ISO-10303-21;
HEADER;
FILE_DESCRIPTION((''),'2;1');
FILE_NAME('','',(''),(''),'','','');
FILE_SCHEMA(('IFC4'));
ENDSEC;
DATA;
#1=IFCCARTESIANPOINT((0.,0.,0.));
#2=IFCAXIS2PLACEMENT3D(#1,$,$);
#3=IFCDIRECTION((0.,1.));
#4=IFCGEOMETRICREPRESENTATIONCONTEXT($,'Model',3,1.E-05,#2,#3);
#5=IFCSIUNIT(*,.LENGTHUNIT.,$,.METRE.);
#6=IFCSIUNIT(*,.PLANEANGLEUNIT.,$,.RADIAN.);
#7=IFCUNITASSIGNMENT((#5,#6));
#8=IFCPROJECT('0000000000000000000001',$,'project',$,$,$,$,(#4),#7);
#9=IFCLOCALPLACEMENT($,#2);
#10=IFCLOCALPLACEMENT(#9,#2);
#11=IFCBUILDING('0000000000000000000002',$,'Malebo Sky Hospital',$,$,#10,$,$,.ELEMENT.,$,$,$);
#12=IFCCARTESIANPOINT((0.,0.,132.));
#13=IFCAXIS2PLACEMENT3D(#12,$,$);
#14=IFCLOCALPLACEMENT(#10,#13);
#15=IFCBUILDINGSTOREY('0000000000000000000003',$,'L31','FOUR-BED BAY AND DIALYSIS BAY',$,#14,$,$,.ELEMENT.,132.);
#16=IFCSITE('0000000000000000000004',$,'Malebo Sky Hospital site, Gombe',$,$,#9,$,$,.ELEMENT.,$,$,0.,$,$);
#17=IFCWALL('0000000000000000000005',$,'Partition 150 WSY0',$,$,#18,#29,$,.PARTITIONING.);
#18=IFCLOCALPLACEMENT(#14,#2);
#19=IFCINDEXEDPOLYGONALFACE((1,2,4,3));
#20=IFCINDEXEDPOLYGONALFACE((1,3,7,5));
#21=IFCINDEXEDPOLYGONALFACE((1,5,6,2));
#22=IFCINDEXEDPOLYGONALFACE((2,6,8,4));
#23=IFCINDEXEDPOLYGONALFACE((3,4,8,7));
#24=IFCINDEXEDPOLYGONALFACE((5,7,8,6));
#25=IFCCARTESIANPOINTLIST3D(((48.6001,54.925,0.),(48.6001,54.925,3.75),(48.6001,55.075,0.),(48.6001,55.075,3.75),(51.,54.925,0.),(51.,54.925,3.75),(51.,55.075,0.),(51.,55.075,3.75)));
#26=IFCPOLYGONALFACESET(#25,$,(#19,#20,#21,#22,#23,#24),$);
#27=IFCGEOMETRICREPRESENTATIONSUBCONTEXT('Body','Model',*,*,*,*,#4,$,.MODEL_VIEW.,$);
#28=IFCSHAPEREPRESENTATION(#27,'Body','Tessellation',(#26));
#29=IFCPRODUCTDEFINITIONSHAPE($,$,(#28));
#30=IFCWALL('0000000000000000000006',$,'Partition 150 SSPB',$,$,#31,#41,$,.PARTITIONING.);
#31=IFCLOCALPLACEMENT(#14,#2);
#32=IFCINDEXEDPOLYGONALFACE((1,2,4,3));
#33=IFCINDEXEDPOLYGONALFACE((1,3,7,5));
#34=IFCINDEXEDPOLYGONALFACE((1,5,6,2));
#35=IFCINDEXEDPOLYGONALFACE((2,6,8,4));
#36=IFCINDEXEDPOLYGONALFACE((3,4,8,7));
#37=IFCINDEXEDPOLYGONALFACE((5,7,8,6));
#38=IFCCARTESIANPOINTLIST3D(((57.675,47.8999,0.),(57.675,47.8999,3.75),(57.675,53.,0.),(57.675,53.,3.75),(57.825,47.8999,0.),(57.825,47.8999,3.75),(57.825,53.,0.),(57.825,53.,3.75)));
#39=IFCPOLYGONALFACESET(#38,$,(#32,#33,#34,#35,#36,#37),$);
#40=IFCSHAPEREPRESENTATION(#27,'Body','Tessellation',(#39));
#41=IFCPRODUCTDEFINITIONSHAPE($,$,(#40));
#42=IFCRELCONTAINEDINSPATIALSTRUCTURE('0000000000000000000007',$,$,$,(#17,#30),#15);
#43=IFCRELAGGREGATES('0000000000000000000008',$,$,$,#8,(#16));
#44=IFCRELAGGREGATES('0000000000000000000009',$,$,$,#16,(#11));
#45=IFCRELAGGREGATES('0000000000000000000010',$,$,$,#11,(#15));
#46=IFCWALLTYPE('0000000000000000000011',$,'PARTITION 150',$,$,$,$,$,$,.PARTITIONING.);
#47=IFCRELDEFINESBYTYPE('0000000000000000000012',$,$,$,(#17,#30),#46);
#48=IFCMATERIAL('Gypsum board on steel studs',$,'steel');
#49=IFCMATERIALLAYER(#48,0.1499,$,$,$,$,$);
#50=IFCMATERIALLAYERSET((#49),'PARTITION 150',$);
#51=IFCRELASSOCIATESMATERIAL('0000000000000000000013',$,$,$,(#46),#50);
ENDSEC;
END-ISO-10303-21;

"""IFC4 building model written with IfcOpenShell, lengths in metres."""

from ifc_helpers import new_model, si_unit, direction, frame, frame_2d, origin, place, context, subcontext, project, spatial, rectangle, extrude, material, layer, layer_set, type_object, element, save


model = new_model("IFC4")

# Units and contexts
model_context = context("Model", 3, precision=1e-05, world=origin(), true_north=direction((0.0, 1.0)))
body_context = subcontext(model_context, "Body", "Model", "MODEL_VIEW")
ifc_project = project(units=[si_unit("LENGTHUNIT", "METRE"), si_unit("PLANEANGLEUNIT", "RADIAN")], contexts=[model_context])

# Site, building, storey
site_placement = place(None, origin())
site = spatial("IfcSite", under=ifc_project, at=site_placement, Name="Malebo Sky Hospital site, Gombe", CompositionType="ELEMENT", RefElevation=0.0)
building_placement = place(site_placement, origin())
building = spatial("IfcBuilding", under=site, at=building_placement, Name="Malebo Sky Hospital", CompositionType="ELEMENT")
storey_placement = place(building_placement, frame((0.0, 0.0, 132.0)))
storey = spatial("IfcBuildingStorey", under=building, at=storey_placement, Name="L31", Description="FOUR-BED BAY AND DIALYSIS BAY", CompositionType="ELEMENT", Elevation=132.0)

# Shared definitions
ifc_material_1 = material(Name="Gypsum board on steel studs", Category="steel")
ifc_layer_1 = layer(ifc_material_1, 0.1499)
ifc_layer_set_1 = layer_set([ifc_layer_1], Name="PARTITION 150")
wall_type_1 = type_object("IfcWallType", Name="PARTITION 150", PredefinedType="PARTITIONING", material=ifc_layer_set_1)

# Walls
wall_1_placement = place(storey_placement, frame((51.0, 55.0, 0.0), z_axis=(0.0, 0.0, 1.0), x_axis=(-1.0, 0.0, 0.0)))
element("IfcWall", 1, at=wall_1_placement, inside=storey, type_object=wall_type_1, Name="Partition 150 WSY0", PredefinedType="PARTITIONING", context=body_context, shape_type="SweptSolid", body=[
    extrude(rectangle(XDim=2.3999, YDim=0.1499, at=frame_2d((1.2, 0.0))), origin(), (0.0, 0.0, 1.0), 3.75),
])
wall_2_placement = place(storey_placement, frame((57.75, 53.0, 0.0), z_axis=(0.0, 0.0, 1.0), x_axis=(0.0, -1.0, 0.0)))
element("IfcWall", 2, at=wall_2_placement, inside=storey, type_object=wall_type_1, Name="Partition 150 SSPB", PredefinedType="PARTITIONING", context=body_context, shape_type="SweptSolid", body=[
    extrude(rectangle(XDim=5.1001, YDim=0.1499, at=frame_2d((2.55, 0.0))), origin(), (0.0, 0.0, 1.0), 3.75),
])

save(model, "model.ifc")
